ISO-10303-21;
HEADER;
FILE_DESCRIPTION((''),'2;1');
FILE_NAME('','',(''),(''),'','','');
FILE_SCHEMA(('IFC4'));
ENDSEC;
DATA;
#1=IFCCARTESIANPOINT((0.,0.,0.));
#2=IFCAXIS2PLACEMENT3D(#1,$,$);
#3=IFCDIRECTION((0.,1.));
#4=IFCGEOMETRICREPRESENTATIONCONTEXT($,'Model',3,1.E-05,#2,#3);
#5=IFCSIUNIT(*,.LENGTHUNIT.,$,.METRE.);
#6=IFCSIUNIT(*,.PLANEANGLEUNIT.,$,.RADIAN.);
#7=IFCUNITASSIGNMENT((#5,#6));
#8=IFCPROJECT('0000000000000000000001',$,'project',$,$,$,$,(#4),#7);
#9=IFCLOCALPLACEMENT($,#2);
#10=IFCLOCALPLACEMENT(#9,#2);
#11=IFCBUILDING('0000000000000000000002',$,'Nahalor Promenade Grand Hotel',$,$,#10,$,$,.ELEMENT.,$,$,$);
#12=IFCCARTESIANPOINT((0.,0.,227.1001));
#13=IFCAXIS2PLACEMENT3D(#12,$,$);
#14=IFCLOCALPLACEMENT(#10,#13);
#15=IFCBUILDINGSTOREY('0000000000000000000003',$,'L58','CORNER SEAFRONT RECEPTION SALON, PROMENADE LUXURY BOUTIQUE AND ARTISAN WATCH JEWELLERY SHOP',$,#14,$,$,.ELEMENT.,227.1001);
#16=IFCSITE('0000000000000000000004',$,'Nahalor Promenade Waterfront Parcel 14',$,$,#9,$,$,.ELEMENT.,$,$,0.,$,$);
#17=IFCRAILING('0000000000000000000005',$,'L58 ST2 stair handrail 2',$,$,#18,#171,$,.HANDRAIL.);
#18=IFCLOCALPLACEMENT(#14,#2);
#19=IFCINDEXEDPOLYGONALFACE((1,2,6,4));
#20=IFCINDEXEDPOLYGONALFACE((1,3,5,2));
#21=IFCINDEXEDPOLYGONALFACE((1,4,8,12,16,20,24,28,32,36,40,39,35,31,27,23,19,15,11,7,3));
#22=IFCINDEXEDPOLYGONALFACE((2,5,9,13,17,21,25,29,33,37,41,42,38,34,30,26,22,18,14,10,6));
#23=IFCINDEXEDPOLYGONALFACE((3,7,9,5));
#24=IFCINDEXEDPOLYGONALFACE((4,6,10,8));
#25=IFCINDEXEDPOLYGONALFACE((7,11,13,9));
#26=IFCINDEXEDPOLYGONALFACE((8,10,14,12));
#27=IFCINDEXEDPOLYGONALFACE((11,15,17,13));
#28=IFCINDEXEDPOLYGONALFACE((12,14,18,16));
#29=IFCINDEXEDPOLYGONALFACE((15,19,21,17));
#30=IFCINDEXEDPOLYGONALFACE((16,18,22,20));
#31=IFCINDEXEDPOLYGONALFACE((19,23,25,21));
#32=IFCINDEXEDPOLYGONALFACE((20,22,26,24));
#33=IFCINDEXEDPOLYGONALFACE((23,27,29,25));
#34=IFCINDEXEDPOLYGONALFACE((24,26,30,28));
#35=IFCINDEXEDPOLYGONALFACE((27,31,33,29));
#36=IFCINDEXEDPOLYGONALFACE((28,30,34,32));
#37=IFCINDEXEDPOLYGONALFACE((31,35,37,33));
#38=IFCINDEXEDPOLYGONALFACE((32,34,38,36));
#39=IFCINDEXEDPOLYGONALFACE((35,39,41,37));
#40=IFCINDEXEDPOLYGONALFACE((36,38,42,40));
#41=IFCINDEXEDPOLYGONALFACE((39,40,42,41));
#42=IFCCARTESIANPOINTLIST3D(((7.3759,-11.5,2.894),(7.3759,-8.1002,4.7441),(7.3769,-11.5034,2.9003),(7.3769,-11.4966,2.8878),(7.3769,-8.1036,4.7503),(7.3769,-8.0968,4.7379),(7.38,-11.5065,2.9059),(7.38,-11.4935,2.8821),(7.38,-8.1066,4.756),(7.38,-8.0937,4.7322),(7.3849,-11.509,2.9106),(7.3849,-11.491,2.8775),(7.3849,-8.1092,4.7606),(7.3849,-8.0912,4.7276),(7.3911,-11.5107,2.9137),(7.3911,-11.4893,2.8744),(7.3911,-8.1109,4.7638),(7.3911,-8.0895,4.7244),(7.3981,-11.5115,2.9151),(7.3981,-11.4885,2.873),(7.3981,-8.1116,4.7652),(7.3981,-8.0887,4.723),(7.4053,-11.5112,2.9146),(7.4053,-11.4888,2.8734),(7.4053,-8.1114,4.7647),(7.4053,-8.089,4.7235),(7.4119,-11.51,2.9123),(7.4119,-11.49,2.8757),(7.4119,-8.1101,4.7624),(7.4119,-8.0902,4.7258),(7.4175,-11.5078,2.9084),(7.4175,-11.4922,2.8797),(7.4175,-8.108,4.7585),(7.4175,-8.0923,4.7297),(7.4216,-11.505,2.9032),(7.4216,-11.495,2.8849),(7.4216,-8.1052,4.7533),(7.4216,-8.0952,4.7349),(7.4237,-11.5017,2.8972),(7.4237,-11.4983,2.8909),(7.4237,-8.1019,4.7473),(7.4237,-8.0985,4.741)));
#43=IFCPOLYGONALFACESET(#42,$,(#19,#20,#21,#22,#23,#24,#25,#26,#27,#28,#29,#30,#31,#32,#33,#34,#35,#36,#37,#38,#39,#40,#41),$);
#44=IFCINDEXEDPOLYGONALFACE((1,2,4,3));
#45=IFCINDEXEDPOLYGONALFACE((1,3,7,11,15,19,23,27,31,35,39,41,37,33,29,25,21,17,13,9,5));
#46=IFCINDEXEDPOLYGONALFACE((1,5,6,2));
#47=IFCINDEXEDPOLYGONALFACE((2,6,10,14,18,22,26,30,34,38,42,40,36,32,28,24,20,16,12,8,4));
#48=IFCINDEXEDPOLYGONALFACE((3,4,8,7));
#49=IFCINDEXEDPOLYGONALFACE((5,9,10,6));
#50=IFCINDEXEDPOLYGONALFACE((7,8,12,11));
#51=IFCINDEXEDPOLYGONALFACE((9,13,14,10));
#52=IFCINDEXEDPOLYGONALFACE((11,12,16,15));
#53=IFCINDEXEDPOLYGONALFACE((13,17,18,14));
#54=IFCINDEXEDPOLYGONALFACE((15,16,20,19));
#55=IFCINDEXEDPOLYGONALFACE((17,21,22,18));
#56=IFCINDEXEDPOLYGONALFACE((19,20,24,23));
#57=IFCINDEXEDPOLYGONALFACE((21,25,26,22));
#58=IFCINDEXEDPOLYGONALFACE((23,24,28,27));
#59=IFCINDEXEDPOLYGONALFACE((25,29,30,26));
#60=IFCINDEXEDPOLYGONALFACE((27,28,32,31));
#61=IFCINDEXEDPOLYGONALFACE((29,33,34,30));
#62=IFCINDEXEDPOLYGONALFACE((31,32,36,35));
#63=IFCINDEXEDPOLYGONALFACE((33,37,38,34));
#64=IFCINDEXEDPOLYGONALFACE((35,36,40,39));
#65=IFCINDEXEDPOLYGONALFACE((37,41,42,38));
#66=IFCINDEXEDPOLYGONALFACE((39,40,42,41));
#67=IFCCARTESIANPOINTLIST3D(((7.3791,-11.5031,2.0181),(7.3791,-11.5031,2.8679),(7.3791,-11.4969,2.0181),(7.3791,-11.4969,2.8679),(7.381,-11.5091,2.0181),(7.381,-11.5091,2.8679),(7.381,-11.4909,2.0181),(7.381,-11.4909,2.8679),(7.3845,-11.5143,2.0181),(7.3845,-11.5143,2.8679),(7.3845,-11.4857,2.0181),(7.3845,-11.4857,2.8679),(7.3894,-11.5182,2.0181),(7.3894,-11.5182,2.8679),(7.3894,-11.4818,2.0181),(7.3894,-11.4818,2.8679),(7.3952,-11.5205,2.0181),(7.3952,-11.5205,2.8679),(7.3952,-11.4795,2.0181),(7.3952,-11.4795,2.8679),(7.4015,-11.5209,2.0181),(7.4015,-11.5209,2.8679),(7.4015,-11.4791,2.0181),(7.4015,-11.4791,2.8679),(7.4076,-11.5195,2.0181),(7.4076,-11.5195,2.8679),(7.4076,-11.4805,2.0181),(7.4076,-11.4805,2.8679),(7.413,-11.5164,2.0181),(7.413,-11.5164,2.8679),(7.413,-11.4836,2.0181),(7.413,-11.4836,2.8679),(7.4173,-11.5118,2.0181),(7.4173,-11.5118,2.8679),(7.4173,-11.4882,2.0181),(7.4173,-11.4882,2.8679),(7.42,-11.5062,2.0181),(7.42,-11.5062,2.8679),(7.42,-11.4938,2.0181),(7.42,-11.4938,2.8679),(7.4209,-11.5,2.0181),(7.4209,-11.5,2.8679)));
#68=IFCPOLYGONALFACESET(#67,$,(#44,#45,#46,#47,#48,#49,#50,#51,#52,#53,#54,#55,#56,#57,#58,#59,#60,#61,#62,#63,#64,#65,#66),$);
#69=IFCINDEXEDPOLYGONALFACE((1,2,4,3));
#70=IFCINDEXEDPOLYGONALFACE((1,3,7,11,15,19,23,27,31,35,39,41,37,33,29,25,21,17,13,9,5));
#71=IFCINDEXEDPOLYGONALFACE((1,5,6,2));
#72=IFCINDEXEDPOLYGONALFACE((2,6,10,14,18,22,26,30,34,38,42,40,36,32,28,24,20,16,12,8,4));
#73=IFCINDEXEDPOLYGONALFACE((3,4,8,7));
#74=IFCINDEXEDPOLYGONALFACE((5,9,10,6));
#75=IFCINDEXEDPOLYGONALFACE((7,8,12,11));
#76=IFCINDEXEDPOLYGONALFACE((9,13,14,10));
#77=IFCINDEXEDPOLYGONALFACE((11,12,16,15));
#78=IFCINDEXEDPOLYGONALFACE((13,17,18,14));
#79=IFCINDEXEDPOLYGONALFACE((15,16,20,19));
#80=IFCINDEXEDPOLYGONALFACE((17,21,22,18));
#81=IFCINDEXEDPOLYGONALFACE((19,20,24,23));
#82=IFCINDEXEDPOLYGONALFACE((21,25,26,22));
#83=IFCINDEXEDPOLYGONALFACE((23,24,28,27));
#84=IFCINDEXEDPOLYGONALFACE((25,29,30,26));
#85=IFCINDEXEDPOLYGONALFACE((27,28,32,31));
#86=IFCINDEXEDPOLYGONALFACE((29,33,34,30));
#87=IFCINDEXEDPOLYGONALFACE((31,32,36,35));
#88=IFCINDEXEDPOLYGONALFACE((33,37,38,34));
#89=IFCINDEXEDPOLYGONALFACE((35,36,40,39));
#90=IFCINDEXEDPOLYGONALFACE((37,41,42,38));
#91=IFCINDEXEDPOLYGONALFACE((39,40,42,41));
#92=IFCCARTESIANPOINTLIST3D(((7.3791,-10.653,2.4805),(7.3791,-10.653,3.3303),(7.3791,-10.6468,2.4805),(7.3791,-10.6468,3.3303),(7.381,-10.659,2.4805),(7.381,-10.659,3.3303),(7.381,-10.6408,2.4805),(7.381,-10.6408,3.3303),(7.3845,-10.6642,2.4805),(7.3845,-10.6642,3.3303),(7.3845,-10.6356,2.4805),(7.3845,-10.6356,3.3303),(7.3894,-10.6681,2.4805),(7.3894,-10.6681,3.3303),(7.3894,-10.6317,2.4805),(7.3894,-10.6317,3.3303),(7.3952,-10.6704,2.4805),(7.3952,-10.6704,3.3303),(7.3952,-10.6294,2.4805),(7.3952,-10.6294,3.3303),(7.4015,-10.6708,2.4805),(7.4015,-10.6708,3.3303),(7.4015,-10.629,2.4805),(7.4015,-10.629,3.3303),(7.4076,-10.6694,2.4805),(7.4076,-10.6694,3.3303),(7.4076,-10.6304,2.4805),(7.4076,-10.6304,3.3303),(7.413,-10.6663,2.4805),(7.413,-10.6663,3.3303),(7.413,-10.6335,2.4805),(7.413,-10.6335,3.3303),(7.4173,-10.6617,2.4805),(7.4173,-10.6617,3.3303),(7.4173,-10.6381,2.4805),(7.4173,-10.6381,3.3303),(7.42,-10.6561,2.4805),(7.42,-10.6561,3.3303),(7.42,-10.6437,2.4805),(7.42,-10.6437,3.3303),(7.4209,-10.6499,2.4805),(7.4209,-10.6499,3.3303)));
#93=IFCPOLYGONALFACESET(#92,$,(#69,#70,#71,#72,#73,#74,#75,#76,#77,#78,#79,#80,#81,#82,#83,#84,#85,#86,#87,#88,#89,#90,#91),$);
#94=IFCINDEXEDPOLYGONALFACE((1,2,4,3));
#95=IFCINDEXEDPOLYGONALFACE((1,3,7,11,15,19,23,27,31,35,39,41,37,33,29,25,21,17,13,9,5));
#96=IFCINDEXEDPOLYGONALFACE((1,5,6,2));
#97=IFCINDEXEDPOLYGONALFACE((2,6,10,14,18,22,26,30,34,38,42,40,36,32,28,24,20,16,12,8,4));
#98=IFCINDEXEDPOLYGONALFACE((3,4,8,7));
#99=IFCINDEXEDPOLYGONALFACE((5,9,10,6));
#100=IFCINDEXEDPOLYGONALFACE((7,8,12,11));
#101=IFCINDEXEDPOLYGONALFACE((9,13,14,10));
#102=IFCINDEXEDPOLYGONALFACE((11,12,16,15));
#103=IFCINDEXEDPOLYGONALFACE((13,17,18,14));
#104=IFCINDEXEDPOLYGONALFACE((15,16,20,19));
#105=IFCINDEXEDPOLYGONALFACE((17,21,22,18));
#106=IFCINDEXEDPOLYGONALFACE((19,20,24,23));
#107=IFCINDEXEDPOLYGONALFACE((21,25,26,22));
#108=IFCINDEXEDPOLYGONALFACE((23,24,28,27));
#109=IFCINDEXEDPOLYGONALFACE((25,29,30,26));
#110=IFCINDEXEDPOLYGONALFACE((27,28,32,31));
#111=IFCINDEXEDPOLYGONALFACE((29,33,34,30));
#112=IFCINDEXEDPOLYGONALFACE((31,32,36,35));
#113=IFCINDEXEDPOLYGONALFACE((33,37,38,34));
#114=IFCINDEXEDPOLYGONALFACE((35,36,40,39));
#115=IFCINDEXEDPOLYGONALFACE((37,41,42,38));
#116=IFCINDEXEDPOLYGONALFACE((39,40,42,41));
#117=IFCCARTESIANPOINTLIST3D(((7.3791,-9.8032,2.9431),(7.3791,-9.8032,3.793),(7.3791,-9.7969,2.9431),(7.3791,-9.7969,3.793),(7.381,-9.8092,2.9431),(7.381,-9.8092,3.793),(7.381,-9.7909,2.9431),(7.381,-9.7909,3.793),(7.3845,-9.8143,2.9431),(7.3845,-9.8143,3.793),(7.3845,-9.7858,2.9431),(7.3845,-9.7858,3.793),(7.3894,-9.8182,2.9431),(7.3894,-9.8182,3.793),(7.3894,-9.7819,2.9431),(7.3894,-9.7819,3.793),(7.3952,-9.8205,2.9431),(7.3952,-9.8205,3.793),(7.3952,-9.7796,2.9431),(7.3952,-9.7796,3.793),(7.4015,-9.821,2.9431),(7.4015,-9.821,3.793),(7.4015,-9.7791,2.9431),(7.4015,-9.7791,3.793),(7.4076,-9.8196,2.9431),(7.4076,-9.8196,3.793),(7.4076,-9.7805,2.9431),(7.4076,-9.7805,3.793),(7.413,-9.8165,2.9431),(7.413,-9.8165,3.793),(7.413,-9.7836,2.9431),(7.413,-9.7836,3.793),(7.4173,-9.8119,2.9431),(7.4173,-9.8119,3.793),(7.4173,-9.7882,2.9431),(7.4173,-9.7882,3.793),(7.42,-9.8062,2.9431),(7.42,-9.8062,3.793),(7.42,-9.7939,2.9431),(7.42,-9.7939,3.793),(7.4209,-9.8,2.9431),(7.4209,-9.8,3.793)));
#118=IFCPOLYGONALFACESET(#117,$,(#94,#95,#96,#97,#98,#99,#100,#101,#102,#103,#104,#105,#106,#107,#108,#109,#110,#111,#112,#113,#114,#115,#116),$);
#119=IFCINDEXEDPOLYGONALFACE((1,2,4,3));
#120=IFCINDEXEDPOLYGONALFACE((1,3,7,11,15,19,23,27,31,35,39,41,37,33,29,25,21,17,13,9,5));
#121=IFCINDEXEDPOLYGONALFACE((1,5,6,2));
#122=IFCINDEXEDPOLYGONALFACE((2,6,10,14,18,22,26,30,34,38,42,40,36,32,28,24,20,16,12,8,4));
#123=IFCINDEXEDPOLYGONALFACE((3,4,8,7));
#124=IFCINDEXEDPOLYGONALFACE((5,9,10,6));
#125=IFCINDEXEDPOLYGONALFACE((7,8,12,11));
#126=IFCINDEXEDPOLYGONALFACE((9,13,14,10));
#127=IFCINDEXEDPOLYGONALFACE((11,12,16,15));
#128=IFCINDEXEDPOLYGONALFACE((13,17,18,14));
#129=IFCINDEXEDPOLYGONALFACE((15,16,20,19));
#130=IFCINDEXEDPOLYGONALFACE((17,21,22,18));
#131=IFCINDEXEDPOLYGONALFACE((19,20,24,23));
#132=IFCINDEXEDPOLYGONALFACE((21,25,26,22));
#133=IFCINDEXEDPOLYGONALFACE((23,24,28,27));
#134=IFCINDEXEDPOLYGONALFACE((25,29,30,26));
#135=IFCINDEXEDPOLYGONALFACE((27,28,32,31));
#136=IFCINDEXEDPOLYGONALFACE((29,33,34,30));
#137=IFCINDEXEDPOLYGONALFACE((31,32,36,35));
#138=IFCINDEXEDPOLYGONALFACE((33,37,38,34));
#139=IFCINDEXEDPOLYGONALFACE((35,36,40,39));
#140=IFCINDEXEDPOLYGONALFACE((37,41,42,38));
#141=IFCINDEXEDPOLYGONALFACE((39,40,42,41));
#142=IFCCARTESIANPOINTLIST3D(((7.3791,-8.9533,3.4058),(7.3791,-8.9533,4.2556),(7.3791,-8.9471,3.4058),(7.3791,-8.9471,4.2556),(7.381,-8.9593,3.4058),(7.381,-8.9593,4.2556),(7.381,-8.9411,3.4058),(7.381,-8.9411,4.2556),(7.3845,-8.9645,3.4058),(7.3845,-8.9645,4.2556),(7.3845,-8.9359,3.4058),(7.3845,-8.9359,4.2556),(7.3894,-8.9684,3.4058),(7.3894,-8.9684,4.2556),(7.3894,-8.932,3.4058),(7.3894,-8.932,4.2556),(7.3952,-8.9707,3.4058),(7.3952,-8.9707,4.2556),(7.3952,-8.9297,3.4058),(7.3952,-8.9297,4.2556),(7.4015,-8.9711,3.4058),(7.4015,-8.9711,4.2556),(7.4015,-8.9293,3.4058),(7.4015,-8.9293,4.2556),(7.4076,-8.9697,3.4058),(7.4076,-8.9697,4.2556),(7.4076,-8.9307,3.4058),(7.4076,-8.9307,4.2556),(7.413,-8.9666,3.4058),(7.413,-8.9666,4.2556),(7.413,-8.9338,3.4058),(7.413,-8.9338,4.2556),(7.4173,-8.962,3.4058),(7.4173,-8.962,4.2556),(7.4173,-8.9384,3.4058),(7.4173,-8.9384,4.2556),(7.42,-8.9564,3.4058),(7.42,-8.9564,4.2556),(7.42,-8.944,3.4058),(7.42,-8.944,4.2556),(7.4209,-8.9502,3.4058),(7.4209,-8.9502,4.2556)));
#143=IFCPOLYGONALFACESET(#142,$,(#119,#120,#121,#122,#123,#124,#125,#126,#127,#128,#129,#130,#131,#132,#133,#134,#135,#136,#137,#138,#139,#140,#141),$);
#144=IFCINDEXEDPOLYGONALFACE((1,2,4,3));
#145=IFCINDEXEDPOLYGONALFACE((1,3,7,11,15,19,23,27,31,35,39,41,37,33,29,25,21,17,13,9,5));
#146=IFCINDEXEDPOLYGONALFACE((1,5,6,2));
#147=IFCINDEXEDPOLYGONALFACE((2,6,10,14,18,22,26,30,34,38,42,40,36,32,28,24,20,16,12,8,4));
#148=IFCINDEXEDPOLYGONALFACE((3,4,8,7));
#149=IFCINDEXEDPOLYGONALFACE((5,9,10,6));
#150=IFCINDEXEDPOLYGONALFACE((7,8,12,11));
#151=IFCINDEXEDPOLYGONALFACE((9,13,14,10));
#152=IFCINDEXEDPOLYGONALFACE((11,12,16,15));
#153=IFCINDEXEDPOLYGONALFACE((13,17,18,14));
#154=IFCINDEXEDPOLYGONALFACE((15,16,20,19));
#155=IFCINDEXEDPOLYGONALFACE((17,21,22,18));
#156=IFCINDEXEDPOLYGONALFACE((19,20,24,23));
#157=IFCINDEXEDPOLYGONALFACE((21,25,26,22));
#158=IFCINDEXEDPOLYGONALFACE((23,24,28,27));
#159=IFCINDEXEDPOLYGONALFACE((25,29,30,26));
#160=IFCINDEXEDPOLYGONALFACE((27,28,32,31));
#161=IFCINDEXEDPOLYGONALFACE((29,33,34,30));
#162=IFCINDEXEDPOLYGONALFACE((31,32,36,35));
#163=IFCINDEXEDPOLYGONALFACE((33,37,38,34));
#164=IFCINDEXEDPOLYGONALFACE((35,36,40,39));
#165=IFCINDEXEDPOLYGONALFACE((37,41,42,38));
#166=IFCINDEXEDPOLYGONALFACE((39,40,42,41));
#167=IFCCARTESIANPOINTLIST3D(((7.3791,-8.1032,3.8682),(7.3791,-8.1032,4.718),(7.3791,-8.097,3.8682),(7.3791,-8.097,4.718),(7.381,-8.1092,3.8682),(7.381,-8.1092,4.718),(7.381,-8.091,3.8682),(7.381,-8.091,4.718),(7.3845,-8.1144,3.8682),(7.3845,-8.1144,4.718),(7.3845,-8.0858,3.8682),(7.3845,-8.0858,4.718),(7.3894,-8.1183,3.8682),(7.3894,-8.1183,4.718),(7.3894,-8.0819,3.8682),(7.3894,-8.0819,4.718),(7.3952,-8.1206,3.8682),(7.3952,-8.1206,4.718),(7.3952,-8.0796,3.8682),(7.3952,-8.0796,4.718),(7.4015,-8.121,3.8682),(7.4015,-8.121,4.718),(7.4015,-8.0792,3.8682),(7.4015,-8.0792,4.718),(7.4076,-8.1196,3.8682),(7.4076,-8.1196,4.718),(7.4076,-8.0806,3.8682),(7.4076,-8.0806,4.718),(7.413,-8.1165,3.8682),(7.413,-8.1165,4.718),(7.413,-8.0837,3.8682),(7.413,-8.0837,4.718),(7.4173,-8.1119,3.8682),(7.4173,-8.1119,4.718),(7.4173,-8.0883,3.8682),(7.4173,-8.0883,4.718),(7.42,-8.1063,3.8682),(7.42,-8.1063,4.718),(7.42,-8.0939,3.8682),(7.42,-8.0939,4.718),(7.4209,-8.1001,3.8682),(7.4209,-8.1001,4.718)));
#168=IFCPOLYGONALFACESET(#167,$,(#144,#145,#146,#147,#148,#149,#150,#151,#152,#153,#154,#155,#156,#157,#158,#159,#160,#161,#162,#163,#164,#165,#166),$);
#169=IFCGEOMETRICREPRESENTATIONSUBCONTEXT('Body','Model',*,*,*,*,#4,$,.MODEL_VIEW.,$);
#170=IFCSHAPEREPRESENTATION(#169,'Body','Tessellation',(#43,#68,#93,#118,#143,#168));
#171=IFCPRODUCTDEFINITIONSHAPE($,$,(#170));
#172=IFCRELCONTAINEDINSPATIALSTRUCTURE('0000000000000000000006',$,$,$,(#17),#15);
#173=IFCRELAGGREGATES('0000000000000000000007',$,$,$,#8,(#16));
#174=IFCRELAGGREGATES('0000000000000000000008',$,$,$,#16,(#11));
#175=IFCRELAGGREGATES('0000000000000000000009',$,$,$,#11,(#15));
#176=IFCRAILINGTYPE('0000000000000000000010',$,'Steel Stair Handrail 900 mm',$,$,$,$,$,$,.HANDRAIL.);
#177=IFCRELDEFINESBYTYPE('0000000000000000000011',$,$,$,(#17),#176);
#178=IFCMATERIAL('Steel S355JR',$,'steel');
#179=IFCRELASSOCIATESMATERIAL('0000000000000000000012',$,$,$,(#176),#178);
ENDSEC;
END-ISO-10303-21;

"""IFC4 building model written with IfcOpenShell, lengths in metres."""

from ifc_helpers import new_model, si_unit, direction, frame, origin, origin_2d, place, context, subcontext, project, spatial, circle, extrude, material, type_object, element, save


model = new_model("IFC4")

# Units and contexts
model_context = context("Model", 3, precision=1e-05, world=origin(), true_north=direction((0.0, 1.0)))
body_context = subcontext(model_context, "Body", "Model", "MODEL_VIEW")
ifc_project = project(units=[si_unit("LENGTHUNIT", "METRE"), si_unit("PLANEANGLEUNIT", "RADIAN")], contexts=[model_context])

# Site, building, storey
site_placement = place(None, origin())
site = spatial("IfcSite", under=ifc_project, at=site_placement, Name="Nahalor Promenade Waterfront Parcel 14", CompositionType="ELEMENT", RefElevation=0.0)
building_placement = place(site_placement, origin())
building = spatial("IfcBuilding", under=site, at=building_placement, Name="Nahalor Promenade Grand Hotel", CompositionType="ELEMENT")
storey_placement = place(building_placement, frame((0.0, 0.0, 227.1001)))
storey = spatial("IfcBuildingStorey", under=building, at=storey_placement, Name="L58", Description="CORNER SEAFRONT RECEPTION SALON, PROMENADE LUXURY BOUTIQUE AND ARTISAN WATCH JEWELLERY SHOP", CompositionType="ELEMENT", Elevation=227.1001)

# Shared definitions
ifc_material_1 = material(Name="Steel S355JR", Category="steel")

# Railing
railing_type_1 = type_object("IfcRailingType", Name="Steel Stair Handrail 900 mm", PredefinedType="HANDRAIL", material=ifc_material_1)
railing_1_placement = place(storey_placement, frame((7.3999, -11.5, 2.0181)))
element("IfcRailing", 1, at=railing_1_placement, inside=storey, type_object=railing_type_1, Name="L58 ST2 stair handrail 2", PredefinedType="HANDRAIL", context=body_context, shape_type="SweptSolid", body=[
    extrude(circle(Radius=0.024, at=origin_2d()), frame((0.0, 0.0, 0.876), z_axis=(0.0, 0.878372, 0.477977), x_axis=(-1.0, 0.0, 0.0)), (0.0, 0.0, 1.0), 3.8706),
    extrude(circle(Radius=0.021, at=origin_2d()), origin(), (0.0, 0.0, 1.0), 0.8499),
    extrude(circle(Radius=0.021, at=origin_2d()), frame((0.0, 0.8501, 0.4624)), (0.0, 0.0, 1.0), 0.8499),
    extrude(circle(Radius=0.021, at=origin_2d()), frame((0.0, 1.7, 0.925)), (0.0, 0.0, 1.0), 0.8499),
    extrude(circle(Radius=0.021, at=origin_2d()), frame((0.0, 2.5498, 1.3877)), (0.0, 0.0, 1.0), 0.8499),
    extrude(circle(Radius=0.021, at=origin_2d()), frame((0.0, 3.3999, 1.8501)), (0.0, 0.0, 1.0), 0.8499),
])

save(model, "model.ifc")
